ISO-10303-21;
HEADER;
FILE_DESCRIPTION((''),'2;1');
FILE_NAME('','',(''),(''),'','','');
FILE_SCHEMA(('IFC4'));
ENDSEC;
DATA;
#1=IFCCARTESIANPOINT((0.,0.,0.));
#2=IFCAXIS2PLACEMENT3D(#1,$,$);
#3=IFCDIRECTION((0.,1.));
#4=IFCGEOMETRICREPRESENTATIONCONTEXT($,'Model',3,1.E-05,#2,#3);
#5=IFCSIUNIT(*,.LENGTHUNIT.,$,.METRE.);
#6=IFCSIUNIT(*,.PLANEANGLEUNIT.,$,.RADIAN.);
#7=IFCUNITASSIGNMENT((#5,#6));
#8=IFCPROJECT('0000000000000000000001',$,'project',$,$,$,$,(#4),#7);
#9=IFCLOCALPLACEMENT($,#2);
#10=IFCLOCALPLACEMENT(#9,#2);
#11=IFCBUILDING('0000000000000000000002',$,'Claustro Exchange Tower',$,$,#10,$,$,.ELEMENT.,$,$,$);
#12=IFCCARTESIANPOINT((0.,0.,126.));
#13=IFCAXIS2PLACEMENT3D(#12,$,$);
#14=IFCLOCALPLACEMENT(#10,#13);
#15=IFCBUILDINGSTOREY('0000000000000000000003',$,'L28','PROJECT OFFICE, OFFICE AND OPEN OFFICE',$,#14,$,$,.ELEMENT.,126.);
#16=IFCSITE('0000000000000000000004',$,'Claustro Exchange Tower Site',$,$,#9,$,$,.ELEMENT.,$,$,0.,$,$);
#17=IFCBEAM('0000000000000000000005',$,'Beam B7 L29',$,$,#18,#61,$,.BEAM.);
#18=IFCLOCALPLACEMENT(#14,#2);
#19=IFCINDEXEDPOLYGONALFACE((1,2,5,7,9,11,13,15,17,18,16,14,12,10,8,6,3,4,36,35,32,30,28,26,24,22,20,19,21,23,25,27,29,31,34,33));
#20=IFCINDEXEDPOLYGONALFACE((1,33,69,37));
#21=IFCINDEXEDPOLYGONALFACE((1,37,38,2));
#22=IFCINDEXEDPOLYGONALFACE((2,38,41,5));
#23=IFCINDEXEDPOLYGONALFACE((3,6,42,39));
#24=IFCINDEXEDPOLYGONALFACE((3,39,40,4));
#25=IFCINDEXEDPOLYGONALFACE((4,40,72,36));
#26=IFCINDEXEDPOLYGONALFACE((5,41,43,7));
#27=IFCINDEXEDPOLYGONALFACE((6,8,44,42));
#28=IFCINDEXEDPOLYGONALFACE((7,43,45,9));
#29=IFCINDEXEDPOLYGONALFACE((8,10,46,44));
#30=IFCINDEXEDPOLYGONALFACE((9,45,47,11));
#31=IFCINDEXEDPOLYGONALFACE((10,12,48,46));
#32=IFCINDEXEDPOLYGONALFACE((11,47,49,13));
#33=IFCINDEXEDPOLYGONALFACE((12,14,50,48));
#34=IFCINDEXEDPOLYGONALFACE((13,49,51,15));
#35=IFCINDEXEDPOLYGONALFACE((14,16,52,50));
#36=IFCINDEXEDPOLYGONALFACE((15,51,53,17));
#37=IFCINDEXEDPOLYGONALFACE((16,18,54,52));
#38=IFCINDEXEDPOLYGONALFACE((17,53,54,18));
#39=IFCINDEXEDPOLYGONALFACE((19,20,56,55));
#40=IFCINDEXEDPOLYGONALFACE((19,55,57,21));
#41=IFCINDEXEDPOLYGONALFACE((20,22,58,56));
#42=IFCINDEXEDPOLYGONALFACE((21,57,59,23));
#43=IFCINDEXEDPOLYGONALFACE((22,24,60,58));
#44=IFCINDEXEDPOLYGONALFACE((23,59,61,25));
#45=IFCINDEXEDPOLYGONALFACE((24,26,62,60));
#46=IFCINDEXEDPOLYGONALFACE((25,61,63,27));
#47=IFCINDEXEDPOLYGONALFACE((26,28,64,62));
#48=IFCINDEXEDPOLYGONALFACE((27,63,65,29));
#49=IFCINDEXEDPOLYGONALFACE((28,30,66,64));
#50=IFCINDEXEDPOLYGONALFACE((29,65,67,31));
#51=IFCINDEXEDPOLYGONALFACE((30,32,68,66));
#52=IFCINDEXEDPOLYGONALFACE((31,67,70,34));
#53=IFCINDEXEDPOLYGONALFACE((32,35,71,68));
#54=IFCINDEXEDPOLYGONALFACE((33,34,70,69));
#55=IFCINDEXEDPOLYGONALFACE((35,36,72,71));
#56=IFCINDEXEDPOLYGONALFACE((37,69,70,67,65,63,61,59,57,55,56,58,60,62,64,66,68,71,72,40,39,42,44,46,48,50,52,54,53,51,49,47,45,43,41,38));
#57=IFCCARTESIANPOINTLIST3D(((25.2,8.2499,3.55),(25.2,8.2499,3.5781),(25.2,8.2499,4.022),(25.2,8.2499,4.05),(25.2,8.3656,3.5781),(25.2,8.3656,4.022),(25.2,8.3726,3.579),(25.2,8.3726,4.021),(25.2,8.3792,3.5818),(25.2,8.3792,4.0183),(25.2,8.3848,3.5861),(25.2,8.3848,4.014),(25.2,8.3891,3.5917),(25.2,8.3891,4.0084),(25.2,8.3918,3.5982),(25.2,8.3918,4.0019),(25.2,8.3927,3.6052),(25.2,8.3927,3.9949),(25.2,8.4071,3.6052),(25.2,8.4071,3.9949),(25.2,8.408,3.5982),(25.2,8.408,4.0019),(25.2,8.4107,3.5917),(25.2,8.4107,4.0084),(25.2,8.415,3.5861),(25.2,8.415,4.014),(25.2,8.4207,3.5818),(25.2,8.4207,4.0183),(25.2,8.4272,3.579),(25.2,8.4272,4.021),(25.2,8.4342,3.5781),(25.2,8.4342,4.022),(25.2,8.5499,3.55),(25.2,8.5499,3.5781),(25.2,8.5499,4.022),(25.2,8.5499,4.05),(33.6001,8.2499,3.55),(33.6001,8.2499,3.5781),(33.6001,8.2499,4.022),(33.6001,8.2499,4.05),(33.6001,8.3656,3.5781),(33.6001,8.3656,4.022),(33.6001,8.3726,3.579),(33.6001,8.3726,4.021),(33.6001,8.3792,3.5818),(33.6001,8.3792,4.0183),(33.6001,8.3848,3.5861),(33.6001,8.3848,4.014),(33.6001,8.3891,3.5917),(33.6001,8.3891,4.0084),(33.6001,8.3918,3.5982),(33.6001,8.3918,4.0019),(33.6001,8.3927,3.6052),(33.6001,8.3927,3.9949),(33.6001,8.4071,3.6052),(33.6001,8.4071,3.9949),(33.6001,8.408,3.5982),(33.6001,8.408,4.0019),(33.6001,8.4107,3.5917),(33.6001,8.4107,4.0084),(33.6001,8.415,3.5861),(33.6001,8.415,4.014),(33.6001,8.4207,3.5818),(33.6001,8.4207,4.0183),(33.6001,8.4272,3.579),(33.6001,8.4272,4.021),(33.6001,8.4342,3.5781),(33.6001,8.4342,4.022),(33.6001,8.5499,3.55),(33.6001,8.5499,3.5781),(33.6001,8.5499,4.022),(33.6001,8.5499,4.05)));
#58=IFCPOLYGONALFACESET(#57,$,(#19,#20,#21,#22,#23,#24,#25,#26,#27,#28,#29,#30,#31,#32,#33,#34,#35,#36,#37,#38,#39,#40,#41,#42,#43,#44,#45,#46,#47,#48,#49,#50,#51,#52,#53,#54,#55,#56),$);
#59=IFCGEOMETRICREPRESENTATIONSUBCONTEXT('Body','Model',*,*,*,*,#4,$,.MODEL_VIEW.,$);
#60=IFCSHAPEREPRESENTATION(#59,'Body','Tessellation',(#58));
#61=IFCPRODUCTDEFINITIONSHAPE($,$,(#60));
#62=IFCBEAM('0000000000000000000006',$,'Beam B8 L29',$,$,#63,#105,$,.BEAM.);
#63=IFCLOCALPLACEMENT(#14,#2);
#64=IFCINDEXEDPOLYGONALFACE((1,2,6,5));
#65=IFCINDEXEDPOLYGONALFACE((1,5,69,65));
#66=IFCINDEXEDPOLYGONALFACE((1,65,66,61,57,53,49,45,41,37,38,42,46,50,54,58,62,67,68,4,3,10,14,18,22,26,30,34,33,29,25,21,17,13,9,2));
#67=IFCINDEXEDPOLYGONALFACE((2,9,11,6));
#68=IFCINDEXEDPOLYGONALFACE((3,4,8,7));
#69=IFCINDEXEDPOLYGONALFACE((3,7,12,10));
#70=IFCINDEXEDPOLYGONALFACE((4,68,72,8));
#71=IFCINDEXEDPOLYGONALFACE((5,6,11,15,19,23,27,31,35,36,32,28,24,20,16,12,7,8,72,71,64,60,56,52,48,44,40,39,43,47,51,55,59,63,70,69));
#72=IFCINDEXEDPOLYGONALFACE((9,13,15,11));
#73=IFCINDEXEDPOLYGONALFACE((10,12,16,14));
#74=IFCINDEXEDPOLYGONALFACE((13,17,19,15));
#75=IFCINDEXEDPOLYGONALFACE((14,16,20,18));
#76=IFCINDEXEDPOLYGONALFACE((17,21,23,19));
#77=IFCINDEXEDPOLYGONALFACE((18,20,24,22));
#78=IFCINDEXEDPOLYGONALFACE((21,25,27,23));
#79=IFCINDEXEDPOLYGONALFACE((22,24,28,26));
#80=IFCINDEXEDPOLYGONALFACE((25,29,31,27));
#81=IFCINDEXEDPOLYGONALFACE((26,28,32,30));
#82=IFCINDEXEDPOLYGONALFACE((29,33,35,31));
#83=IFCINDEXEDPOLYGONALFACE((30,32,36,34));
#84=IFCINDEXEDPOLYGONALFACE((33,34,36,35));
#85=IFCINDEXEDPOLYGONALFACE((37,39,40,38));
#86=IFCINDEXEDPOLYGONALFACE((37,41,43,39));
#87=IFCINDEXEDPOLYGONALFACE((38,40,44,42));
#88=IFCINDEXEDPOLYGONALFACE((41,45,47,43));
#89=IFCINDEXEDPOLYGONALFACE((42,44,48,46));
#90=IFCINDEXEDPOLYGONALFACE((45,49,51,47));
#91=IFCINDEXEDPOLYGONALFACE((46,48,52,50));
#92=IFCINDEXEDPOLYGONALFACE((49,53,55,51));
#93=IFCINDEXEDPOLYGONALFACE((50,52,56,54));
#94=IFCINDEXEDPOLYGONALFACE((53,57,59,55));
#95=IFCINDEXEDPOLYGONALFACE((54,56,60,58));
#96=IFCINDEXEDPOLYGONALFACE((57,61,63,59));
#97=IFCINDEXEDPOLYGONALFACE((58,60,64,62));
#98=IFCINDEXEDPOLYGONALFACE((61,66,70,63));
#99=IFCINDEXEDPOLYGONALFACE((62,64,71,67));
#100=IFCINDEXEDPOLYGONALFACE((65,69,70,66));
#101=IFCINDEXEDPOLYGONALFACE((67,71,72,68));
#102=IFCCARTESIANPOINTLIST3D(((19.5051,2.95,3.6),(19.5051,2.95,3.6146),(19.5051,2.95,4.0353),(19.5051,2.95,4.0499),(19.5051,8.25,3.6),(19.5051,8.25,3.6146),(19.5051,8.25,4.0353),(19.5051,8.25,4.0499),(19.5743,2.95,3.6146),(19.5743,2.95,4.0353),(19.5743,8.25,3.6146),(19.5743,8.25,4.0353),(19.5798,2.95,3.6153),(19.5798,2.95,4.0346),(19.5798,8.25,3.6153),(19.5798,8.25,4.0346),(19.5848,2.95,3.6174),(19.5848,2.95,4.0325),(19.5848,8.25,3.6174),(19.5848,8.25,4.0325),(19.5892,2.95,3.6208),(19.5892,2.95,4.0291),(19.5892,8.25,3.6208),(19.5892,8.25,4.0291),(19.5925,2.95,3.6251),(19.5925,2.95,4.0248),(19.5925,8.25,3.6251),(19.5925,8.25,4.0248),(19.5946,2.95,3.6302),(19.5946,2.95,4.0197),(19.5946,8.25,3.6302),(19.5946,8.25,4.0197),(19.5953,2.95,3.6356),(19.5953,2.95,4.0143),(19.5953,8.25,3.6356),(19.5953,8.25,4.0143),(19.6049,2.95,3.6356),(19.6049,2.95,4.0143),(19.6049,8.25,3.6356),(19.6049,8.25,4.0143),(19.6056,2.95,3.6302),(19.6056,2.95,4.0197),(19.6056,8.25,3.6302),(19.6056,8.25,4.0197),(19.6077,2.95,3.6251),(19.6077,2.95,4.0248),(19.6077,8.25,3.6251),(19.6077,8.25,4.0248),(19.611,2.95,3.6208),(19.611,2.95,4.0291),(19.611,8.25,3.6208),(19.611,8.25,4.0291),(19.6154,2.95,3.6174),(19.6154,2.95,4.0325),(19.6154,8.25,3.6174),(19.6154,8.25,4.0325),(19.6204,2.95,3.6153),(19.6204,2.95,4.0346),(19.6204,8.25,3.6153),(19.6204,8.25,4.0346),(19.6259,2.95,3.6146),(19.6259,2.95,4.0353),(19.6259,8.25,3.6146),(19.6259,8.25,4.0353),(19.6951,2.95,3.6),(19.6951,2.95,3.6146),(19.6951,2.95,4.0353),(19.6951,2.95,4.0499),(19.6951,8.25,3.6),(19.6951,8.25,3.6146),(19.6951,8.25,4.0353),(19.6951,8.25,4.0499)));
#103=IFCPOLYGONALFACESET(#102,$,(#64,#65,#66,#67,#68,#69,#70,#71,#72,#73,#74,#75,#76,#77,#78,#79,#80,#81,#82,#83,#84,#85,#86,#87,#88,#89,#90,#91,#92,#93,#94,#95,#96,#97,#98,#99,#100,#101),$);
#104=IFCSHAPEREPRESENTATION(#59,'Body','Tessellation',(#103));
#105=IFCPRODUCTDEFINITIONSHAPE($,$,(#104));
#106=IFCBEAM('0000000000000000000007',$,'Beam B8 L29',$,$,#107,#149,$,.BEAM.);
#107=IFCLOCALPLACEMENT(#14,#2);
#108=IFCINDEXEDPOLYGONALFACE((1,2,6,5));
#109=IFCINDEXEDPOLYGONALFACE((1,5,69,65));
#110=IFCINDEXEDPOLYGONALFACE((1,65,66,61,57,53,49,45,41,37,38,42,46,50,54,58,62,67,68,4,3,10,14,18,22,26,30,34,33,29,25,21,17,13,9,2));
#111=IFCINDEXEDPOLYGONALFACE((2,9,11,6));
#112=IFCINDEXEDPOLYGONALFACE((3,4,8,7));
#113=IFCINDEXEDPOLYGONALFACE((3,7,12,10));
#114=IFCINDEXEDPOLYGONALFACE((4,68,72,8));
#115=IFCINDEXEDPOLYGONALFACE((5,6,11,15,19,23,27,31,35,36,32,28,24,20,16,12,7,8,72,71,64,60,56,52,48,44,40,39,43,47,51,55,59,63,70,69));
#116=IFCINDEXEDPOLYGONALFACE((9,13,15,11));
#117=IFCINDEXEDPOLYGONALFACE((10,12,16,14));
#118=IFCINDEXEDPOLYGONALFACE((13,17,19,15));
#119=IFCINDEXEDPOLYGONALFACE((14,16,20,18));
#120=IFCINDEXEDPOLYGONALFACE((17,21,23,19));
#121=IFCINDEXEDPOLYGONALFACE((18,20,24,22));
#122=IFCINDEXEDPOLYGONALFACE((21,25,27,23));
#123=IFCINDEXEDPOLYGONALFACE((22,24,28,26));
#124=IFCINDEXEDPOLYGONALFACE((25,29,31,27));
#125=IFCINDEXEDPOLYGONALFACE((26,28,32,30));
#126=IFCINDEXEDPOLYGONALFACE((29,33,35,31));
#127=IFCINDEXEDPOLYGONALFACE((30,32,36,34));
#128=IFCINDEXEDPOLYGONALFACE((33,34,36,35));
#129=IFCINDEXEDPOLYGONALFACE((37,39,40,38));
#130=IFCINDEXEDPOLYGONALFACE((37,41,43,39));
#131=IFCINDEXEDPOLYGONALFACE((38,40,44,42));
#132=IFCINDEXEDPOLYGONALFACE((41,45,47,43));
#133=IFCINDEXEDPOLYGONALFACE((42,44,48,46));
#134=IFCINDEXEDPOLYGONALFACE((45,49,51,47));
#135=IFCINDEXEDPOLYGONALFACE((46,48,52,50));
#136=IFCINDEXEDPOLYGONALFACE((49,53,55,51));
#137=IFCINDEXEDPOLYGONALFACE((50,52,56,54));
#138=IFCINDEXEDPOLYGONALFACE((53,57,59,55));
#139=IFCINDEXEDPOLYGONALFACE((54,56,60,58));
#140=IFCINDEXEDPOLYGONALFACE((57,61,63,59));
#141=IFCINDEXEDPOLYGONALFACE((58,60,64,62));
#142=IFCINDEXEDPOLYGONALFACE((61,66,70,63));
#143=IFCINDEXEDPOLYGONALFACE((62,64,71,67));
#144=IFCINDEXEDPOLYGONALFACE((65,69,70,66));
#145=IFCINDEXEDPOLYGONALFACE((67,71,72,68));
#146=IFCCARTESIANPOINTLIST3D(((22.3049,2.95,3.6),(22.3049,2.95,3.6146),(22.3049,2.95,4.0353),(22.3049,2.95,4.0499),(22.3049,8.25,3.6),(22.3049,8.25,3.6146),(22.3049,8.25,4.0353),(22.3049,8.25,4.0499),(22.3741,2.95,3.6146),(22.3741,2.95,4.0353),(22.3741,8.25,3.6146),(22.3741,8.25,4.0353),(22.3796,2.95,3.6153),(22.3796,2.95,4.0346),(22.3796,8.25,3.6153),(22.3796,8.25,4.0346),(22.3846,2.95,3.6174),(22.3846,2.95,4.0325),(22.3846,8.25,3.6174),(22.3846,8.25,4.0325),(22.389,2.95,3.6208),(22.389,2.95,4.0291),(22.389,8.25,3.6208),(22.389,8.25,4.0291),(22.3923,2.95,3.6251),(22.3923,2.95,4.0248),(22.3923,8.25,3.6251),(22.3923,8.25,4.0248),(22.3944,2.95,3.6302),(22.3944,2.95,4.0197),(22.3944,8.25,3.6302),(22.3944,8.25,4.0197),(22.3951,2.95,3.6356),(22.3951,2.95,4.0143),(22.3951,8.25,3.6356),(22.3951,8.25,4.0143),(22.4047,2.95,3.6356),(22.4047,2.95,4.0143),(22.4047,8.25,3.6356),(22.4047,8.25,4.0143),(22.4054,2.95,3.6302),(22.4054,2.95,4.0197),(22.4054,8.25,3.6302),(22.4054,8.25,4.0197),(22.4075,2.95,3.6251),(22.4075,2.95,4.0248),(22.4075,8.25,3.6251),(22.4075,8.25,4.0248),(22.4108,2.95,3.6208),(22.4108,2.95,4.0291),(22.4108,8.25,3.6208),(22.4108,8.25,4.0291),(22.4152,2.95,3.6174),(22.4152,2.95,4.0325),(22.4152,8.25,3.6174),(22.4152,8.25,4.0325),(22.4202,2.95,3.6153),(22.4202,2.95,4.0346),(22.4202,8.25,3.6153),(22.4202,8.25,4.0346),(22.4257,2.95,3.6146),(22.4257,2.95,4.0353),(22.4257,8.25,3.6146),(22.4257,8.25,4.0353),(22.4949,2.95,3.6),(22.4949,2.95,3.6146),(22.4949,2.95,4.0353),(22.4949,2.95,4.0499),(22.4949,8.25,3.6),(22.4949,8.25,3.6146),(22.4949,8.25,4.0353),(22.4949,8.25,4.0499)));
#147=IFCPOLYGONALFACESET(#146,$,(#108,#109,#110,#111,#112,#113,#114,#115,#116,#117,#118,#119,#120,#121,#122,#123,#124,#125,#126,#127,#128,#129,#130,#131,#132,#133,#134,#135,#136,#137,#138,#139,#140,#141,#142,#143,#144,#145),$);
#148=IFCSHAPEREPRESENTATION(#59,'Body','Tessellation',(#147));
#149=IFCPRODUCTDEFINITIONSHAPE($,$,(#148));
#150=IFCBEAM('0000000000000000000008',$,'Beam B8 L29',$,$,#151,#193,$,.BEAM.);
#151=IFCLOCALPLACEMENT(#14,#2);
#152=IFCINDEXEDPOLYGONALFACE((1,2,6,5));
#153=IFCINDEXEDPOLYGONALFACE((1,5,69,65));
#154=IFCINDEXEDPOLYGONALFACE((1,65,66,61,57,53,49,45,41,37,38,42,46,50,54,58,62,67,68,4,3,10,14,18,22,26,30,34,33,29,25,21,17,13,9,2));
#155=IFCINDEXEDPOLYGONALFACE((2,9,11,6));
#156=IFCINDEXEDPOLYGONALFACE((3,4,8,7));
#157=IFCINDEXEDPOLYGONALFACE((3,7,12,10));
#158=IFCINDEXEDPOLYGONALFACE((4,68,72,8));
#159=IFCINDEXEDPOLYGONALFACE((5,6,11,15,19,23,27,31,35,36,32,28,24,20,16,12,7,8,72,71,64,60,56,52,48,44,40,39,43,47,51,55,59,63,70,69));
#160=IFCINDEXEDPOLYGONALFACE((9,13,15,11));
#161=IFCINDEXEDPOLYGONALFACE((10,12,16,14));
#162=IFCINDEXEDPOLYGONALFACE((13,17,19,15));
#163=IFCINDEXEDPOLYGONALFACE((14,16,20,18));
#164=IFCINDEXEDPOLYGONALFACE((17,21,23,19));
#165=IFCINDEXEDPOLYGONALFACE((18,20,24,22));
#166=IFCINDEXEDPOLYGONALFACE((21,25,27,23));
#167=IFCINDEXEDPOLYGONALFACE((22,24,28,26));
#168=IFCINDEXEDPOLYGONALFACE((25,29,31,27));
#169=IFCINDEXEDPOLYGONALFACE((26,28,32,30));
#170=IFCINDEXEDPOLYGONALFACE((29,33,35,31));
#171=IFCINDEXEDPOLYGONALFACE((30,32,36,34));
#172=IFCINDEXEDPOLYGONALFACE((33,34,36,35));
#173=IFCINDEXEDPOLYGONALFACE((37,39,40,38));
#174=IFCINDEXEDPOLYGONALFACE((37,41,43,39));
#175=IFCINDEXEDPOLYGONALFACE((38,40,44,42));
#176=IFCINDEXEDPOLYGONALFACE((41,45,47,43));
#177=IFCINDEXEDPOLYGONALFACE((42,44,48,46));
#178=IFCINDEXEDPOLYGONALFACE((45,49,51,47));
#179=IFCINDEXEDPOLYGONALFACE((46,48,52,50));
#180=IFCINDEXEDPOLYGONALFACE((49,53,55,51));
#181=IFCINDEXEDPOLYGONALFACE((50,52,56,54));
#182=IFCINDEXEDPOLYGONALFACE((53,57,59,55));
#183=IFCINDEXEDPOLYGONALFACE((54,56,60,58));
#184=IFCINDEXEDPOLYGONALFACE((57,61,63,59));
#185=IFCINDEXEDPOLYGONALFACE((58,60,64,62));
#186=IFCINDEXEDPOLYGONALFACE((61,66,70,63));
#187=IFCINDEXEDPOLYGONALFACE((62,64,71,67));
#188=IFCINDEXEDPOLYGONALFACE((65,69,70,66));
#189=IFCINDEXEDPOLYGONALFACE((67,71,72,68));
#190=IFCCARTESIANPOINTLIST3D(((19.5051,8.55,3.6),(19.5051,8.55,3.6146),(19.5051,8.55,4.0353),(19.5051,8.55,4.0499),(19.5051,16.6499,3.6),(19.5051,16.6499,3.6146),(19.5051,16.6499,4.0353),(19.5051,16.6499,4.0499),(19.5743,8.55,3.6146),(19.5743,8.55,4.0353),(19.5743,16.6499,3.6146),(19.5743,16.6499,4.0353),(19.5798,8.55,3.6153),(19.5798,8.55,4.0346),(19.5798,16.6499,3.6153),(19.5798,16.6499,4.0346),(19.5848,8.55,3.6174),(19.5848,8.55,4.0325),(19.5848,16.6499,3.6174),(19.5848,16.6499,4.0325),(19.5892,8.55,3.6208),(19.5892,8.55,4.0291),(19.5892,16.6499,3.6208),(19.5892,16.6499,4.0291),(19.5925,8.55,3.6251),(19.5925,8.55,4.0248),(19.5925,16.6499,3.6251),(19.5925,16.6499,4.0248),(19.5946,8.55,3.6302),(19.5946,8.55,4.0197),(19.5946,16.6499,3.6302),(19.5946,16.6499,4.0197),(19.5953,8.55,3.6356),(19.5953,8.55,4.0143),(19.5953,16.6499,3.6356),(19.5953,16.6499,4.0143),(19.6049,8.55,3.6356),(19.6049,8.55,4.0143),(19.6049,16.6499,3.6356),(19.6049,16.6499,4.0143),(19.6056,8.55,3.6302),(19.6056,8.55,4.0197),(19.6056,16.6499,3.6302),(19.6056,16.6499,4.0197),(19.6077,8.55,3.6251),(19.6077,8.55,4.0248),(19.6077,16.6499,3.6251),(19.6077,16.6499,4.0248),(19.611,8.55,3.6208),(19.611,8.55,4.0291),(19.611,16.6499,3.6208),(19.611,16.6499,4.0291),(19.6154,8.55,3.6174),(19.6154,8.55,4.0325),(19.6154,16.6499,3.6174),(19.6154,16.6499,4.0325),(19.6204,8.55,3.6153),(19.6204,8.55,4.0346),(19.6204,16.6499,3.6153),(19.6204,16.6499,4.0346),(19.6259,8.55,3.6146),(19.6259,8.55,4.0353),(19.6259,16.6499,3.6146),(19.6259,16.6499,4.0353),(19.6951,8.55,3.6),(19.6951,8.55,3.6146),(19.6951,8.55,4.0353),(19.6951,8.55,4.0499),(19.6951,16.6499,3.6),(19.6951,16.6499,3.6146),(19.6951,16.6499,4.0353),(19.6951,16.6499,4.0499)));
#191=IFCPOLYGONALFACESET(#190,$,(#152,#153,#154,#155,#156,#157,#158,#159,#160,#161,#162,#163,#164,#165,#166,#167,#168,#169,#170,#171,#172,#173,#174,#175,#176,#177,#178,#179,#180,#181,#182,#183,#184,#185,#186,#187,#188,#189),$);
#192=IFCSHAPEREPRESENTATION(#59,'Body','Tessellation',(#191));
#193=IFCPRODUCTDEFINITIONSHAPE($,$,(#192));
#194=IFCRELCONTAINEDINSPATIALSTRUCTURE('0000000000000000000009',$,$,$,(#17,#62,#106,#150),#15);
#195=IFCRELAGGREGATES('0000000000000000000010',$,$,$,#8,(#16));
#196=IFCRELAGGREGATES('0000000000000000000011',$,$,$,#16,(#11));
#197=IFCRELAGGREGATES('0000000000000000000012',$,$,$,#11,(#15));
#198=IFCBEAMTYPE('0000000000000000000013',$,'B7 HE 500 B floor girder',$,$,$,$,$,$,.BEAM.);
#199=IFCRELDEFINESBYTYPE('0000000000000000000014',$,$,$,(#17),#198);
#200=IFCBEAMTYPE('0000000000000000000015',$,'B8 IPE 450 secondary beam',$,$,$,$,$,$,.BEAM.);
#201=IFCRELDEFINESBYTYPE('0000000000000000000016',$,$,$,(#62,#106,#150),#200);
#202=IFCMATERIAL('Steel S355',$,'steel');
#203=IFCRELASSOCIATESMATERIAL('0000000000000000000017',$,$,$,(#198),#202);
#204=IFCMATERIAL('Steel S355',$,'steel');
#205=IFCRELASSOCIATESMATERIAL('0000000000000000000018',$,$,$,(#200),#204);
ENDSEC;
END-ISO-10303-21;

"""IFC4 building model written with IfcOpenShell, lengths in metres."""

from ifc_helpers import new_model, si_unit, direction, frame, origin, origin_2d, place, context, subcontext, project, spatial, i_section, extrude, material, material_profile, profile_set, type_object, element, save


model = new_model("IFC4")

# Units and contexts
model_context = context("Model", 3, precision=1e-05, world=origin(), true_north=direction((0.0, 1.0)))
body_context = subcontext(model_context, "Body", "Model", "MODEL_VIEW")
ifc_project = project(units=[si_unit("LENGTHUNIT", "METRE"), si_unit("PLANEANGLEUNIT", "RADIAN")], contexts=[model_context])

# Site, building, storey
site_placement = place(None, origin())
site = spatial("IfcSite", under=ifc_project, at=site_placement, Name="Claustro Exchange Tower Site", CompositionType="ELEMENT", RefElevation=0.0)
building_placement = place(site_placement, origin())
building = spatial("IfcBuilding", under=site, at=building_placement, Name="Claustro Exchange Tower", CompositionType="ELEMENT")
storey_placement = place(building_placement, frame((0.0, 0.0, 126.0)))
storey = spatial("IfcBuildingStorey", under=building, at=storey_placement, Name="L28", Description="PROJECT OFFICE, OFFICE AND OPEN OFFICE", CompositionType="ELEMENT", Elevation=126.0)

# Beams
ifc_material_1 = material(Name="Steel S355", Category="steel")
ifc_material_profile_1 = material_profile(ifc_material_1, i_section(OverallWidth=0.3, OverallDepth=0.5, WebThickness=0.0144, FlangeThickness=0.0281, FilletRadius=0.0271, at=origin_2d()), Name="HE 500 B")
ifc_profile_set_1 = profile_set([ifc_material_profile_1], Name="Steel S355")
beam_type_1 = type_object("IfcBeamType", Name="B7 HE 500 B floor girder", PredefinedType="BEAM", material=ifc_profile_set_1)
for number, where, z_axis, x_axis, name in (
    (1, (25.2, 8.3999, 3.8), (1.0, 0.0, 0.0), (0.0, 1.0, 0.0), "Beam B7 L29"),
):
    element("IfcBeam", number, at=place(storey_placement, frame(where, z_axis=z_axis, x_axis=x_axis)), inside=storey, type_object=beam_type_1, Name=name, PredefinedType="BEAM", context=body_context, shape_type="SweptSolid", body=[
        extrude(i_section(OverallWidth=0.3, OverallDepth=0.5, WebThickness=0.0144, FlangeThickness=0.0281, FilletRadius=0.0271, at=origin_2d()), origin(), (0.0, 0.0, 1.0), 8.4001),
    ])
ifc_material_2 = material(Name="Steel S355", Category="steel")
ifc_material_profile_2 = material_profile(ifc_material_2, i_section(OverallWidth=0.1899, OverallDepth=0.45, WebThickness=0.0095, FlangeThickness=0.0146, FilletRadius=0.021, at=origin_2d()), Name="IPE 450")
ifc_profile_set_2 = profile_set([ifc_material_profile_2], Name="Steel S355")
beam_type_2 = type_object("IfcBeamType", Name="B8 IPE 450 secondary beam", PredefinedType="BEAM", material=ifc_profile_set_2)
for number, where, z_axis, x_axis, name in (
    (2, (19.6001, 2.95, 3.825), (0.0, 1.0, 0.0), (-1.0, 0.0, 0.0), "Beam B8 L29"),
    (3, (22.3999, 2.95, 3.825), (0.0, 1.0, 0.0), (-1.0, 0.0, 0.0), "Beam B8 L29"),
):
    element("IfcBeam", number, at=place(storey_placement, frame(where, z_axis=z_axis, x_axis=x_axis)), inside=storey, type_object=beam_type_2, Name=name, PredefinedType="BEAM", context=body_context, shape_type="SweptSolid", body=[
        extrude(i_section(OverallWidth=0.1899, OverallDepth=0.45, WebThickness=0.0095, FlangeThickness=0.0146, FilletRadius=0.021, at=origin_2d()), origin(), (0.0, 0.0, 1.0), 5.3),
    ])
for number, where, z_axis, x_axis, name in (
    (4, (19.6001, 8.55, 3.825), (0.0, 1.0, 0.0), (-1.0, 0.0, 0.0), "Beam B8 L29"),
):
    element("IfcBeam", number, at=place(storey_placement, frame(where, z_axis=z_axis, x_axis=x_axis)), inside=storey, type_object=beam_type_2, Name=name, PredefinedType="BEAM", context=body_context, shape_type="SweptSolid", body=[
        extrude(i_section(OverallWidth=0.1899, OverallDepth=0.45, WebThickness=0.0095, FlangeThickness=0.0146, FilletRadius=0.021, at=origin_2d()), origin(), (0.0, 0.0, 1.0), 8.0999),
    ])

save(model, "model.ifc")
